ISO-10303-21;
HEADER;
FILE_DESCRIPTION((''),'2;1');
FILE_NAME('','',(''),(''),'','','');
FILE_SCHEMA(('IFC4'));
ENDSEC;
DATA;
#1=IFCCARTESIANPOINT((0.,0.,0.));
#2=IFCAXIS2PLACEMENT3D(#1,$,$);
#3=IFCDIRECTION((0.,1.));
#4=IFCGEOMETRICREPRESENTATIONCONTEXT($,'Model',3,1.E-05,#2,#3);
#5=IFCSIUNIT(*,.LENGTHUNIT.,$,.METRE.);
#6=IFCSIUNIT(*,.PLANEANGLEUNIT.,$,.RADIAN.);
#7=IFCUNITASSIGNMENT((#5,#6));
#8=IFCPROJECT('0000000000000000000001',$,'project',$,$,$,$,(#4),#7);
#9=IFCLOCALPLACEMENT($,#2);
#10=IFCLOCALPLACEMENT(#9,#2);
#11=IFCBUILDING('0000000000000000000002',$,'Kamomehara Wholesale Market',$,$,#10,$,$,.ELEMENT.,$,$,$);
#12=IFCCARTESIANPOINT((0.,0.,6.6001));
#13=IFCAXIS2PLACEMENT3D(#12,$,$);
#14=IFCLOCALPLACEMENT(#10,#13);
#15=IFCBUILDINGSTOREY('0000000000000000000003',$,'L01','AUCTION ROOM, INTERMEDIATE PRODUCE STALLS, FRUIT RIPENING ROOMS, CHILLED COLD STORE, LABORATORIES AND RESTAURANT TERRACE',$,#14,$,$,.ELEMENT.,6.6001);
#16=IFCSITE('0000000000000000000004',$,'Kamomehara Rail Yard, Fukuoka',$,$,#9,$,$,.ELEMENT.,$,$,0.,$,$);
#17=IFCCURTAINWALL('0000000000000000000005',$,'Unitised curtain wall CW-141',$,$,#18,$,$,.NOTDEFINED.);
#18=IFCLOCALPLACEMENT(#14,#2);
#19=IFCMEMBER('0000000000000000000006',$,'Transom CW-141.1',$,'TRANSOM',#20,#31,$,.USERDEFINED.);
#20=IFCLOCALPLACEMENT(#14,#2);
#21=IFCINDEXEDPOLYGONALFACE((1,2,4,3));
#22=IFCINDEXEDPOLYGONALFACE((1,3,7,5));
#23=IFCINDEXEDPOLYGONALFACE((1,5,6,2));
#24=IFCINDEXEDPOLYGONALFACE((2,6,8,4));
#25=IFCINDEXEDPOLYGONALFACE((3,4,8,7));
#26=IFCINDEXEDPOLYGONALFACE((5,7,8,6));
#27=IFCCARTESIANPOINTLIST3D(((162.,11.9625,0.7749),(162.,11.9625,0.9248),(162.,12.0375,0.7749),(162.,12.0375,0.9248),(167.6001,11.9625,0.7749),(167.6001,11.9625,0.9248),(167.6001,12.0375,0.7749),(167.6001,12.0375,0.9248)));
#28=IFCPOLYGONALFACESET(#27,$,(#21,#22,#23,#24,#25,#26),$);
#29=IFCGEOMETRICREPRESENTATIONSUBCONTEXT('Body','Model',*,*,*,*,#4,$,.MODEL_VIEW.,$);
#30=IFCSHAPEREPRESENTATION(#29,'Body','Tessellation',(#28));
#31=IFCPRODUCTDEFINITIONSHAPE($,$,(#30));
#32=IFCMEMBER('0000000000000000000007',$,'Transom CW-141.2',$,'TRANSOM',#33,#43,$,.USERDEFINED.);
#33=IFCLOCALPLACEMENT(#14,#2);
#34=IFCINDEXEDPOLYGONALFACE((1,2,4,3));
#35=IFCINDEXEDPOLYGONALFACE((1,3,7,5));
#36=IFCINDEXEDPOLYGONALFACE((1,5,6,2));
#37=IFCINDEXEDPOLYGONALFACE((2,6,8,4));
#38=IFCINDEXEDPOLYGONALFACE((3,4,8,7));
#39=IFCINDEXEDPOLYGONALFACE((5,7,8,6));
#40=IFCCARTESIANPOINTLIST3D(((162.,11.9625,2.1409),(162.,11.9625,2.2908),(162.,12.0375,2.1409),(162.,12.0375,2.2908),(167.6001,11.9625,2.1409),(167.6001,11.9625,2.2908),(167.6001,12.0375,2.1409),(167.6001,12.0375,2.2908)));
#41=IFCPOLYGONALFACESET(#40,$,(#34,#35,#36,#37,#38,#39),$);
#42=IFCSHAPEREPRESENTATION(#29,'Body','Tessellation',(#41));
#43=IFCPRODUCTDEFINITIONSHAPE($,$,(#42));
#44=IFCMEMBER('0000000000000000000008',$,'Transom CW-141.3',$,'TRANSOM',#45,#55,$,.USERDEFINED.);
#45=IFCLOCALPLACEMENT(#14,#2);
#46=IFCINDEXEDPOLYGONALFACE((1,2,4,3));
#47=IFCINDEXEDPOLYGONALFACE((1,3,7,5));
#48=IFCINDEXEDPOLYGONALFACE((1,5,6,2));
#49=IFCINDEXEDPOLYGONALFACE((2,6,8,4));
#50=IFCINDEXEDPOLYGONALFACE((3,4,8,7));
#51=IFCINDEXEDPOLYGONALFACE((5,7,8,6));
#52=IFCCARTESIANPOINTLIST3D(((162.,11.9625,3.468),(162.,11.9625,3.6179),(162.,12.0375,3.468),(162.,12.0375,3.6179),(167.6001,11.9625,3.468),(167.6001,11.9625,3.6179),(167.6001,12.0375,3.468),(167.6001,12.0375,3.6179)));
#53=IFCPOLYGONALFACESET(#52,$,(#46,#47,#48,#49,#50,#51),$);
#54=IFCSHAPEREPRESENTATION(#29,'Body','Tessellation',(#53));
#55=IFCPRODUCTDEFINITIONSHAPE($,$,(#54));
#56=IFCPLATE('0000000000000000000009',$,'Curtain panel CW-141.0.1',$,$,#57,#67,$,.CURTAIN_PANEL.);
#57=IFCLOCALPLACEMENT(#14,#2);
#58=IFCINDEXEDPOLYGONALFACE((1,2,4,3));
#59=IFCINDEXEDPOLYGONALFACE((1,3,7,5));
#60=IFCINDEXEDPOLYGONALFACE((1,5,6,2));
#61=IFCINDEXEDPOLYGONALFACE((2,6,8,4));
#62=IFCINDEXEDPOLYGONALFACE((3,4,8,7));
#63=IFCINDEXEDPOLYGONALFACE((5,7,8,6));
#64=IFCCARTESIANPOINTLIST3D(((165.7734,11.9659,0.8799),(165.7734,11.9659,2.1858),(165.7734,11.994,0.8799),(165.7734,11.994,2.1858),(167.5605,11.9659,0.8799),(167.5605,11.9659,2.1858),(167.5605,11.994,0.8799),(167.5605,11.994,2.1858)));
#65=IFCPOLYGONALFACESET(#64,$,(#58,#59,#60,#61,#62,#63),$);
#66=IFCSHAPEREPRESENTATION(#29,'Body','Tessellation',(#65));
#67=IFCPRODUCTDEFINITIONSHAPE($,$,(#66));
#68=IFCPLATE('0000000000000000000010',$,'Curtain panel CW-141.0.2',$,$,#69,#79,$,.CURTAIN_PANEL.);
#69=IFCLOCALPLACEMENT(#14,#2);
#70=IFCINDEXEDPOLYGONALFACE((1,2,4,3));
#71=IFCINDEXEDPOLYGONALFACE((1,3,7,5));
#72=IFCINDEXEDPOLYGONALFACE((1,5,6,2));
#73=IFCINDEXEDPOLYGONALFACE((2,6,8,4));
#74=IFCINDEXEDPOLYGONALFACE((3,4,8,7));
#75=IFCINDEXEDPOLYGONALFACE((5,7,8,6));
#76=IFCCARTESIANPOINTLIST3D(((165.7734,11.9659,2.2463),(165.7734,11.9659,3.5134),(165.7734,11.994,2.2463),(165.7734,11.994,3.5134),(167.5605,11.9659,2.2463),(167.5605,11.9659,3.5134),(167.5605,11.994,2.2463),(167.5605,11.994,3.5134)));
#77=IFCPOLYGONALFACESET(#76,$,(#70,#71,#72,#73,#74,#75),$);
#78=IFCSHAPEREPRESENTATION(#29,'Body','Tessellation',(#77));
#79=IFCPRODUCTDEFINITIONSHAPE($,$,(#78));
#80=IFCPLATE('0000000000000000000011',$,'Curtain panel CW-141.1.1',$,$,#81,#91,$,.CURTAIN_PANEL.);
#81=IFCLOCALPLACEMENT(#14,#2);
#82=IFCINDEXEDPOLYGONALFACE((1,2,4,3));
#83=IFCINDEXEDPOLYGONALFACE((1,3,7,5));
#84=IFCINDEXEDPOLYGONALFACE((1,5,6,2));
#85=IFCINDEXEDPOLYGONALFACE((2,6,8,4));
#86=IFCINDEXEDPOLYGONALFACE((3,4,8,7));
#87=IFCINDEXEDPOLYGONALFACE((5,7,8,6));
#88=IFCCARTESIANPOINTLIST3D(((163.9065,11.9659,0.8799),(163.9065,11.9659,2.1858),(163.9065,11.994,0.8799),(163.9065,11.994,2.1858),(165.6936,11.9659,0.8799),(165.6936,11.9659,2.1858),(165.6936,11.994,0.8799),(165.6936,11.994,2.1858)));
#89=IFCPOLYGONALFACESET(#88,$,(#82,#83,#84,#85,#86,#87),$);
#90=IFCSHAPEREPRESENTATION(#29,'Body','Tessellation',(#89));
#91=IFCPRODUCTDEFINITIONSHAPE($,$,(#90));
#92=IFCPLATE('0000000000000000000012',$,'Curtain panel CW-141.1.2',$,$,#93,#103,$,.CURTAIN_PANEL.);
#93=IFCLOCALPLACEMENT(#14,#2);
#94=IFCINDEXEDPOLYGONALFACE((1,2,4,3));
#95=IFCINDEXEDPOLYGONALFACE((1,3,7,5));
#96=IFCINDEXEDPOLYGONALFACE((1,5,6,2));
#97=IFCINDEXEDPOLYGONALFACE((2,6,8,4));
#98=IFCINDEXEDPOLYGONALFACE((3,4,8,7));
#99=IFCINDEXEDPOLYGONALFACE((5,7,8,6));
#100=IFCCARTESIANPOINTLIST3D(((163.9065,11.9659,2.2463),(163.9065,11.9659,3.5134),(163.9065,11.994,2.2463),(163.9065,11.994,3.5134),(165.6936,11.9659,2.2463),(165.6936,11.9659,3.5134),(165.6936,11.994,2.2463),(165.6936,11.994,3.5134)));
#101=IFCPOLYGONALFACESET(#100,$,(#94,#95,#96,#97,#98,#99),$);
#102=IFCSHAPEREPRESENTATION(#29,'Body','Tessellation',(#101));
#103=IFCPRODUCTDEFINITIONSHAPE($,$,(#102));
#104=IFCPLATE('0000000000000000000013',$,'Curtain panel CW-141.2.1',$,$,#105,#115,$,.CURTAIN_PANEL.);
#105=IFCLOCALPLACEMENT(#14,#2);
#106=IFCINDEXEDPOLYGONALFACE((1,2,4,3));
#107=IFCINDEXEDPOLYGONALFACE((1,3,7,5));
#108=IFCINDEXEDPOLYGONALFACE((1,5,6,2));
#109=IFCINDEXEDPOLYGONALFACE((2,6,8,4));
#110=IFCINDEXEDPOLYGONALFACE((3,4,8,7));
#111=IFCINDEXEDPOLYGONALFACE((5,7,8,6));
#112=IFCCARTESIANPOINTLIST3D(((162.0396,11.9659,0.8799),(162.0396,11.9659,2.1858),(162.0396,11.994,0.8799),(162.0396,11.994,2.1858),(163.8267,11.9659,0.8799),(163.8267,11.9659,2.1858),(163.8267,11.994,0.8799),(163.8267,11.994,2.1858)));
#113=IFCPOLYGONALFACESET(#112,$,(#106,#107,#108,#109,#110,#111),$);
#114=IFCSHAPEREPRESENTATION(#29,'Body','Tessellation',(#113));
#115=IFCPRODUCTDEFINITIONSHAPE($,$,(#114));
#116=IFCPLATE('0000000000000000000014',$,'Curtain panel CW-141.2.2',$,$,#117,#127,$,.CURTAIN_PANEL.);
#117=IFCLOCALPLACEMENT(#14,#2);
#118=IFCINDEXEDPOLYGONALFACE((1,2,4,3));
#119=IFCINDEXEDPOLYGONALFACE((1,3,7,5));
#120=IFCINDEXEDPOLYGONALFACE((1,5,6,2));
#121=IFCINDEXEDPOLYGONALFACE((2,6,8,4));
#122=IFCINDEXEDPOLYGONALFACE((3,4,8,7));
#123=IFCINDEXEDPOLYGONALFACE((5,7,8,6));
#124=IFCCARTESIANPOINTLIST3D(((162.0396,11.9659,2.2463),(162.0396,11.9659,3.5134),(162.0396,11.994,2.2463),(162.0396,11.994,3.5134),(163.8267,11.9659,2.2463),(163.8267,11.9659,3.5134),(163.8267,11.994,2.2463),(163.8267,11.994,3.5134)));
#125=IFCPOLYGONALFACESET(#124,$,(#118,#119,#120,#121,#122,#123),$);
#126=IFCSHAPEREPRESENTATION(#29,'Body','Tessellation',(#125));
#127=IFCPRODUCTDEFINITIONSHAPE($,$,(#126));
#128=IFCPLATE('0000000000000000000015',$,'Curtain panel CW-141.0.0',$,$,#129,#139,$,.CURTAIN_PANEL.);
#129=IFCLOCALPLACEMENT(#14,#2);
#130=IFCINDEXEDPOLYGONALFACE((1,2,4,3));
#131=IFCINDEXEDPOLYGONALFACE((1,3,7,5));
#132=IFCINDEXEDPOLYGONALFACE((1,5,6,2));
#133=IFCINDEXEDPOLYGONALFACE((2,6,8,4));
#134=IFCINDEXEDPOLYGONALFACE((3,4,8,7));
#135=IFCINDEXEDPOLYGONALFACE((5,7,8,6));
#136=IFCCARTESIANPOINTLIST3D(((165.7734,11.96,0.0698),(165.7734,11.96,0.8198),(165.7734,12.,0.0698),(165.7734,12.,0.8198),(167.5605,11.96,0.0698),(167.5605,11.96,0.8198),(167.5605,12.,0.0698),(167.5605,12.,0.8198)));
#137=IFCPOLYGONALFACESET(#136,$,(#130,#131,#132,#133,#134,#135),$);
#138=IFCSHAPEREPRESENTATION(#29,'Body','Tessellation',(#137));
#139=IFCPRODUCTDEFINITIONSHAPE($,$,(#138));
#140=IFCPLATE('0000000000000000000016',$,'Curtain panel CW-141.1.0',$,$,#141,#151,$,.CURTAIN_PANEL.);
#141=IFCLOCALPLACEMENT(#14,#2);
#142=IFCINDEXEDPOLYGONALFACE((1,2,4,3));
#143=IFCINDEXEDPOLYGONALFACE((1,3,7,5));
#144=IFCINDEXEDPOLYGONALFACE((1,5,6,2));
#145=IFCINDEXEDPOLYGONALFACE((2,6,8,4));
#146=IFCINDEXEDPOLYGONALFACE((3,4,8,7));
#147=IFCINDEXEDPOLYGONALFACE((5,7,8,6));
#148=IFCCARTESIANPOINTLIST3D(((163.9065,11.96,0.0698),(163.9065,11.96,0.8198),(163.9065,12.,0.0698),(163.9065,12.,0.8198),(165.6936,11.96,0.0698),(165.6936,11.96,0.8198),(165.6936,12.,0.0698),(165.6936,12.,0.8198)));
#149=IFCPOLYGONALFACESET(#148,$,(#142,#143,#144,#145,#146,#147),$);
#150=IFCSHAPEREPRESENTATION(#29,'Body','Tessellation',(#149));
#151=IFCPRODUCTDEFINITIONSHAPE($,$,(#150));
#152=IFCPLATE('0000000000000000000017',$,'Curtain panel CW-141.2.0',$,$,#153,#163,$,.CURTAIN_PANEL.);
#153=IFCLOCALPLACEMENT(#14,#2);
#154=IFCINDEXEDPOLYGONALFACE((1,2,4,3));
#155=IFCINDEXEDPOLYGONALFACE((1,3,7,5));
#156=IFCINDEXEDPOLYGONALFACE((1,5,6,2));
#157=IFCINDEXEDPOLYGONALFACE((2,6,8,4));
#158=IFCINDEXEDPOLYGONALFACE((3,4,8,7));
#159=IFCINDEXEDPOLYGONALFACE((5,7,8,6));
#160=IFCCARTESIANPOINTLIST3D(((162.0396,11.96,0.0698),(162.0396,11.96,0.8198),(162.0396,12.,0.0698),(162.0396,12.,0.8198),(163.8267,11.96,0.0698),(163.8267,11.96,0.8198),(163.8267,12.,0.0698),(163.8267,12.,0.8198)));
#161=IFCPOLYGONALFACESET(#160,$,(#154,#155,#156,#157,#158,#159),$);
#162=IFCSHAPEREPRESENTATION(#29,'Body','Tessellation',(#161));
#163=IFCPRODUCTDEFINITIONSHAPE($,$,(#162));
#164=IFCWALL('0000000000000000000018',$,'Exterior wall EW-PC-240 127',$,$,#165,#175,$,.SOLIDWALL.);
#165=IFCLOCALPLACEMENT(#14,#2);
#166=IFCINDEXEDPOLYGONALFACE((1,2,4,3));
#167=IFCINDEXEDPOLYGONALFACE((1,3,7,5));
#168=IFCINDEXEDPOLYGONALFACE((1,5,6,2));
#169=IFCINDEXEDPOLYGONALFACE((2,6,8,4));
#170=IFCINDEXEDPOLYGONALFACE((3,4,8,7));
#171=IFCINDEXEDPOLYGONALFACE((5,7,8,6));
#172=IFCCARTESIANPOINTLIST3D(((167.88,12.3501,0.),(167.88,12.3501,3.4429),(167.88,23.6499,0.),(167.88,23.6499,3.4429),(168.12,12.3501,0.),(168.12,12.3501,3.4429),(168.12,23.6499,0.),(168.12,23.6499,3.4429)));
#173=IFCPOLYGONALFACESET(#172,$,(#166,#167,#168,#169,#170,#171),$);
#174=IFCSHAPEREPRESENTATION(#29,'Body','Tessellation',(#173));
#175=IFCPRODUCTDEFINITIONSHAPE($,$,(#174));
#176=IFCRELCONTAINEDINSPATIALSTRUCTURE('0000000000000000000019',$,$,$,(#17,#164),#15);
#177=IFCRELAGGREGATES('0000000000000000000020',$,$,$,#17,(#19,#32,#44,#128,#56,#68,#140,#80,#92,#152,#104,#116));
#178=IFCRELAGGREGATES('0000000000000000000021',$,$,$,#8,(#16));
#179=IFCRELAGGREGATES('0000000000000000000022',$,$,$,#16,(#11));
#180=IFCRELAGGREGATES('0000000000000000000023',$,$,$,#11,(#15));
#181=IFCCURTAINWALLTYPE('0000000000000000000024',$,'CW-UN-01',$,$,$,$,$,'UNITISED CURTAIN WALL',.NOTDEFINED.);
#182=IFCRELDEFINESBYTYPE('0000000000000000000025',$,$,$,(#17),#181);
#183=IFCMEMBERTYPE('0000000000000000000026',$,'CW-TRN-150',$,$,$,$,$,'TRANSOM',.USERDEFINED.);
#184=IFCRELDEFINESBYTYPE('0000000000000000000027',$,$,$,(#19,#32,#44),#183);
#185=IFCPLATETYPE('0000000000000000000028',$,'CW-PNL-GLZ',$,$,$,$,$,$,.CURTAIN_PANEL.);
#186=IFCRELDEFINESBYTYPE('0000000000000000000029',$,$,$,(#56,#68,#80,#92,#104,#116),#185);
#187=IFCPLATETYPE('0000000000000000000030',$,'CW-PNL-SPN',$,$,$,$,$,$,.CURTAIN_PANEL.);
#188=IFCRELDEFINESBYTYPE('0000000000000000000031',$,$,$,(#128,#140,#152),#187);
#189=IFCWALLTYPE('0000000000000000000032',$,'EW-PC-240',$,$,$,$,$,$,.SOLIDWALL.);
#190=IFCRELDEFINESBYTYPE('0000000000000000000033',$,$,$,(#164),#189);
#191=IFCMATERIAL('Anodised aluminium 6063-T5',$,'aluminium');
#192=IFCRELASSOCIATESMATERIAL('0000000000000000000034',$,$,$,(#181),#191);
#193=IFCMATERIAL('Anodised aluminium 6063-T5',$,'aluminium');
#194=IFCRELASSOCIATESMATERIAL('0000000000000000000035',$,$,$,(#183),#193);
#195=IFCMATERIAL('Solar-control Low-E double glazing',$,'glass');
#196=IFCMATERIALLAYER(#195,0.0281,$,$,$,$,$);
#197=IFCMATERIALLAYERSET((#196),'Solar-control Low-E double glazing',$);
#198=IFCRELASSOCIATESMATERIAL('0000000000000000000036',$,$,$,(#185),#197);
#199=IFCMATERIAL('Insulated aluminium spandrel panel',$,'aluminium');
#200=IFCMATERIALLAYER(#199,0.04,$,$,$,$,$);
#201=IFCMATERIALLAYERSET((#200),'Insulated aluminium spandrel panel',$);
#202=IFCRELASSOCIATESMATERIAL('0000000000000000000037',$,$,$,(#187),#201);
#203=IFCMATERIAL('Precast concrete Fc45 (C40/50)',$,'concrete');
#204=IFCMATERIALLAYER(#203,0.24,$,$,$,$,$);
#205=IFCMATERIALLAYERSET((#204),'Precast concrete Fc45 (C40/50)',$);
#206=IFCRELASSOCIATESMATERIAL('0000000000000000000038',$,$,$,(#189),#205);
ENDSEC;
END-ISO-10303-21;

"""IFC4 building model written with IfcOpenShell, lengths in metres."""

from ifc_helpers import new_model, si_unit, direction, frame, frame_2d, origin, origin_2d, place, context, subcontext, project, spatial, rectangle, extrude, material, layer, layer_set, material_profile, profile_set, type_object, element, aggregate, save


model = new_model("IFC4")

# Units and contexts
model_context = context("Model", 3, precision=1e-05, world=origin(), true_north=direction((0.0, 1.0)))
body_context = subcontext(model_context, "Body", "Model", "MODEL_VIEW")
ifc_project = project(units=[si_unit("LENGTHUNIT", "METRE"), si_unit("PLANEANGLEUNIT", "RADIAN")], contexts=[model_context])

# Site, building, storey
site_placement = place(None, origin())
site = spatial("IfcSite", under=ifc_project, at=site_placement, Name="Kamomehara Rail Yard, Fukuoka", CompositionType="ELEMENT", RefElevation=0.0)
building_placement = place(site_placement, origin())
building = spatial("IfcBuilding", under=site, at=building_placement, Name="Kamomehara Wholesale Market", CompositionType="ELEMENT")
storey_placement = place(building_placement, frame((0.0, 0.0, 6.6001)))
storey = spatial("IfcBuildingStorey", under=building, at=storey_placement, Name="L01", Description="AUCTION ROOM, INTERMEDIATE PRODUCE STALLS, FRUIT RIPENING ROOMS, CHILLED COLD STORE, LABORATORIES AND RESTAURANT TERRACE", CompositionType="ELEMENT", Elevation=6.6001)

# Curtain wall, members, plates
ifc_material_1 = material(Name="Anodised aluminium 6063-T5", Category="aluminium")
curtain_wall_type = type_object("IfcCurtainWallType", Name="CW-UN-01", ElementType="UNITISED CURTAIN WALL", PredefinedType="NOTDEFINED", material=ifc_material_1)
curtain_wall_placement = place(storey_placement, origin())
curtain_wall = element("IfcCurtainWall", 1, at=curtain_wall_placement, inside=storey, type_object=curtain_wall_type, Name="Unitised curtain wall CW-141", PredefinedType="NOTDEFINED")
ifc_material_2 = material(Name="Anodised aluminium 6063-T5", Category="aluminium")
ifc_material_profile_1 = material_profile(ifc_material_2, rectangle(XDim=0.075, YDim=0.1499, at=origin_2d()), Name="ALU-TRN-75x150")
ifc_profile_set_1 = profile_set([ifc_material_profile_1], Name="Anodised aluminium 6063-T5")
member_type_1 = type_object("IfcMemberType", Name="CW-TRN-150", ElementType="TRANSOM", PredefinedType="USERDEFINED", material=ifc_profile_set_1)
member_1_placement = place(storey_placement, frame((167.6001, 12.0, 0.8499), z_axis=(-1.0, 0.0, 0.0), x_axis=(0.0, -1.0, 0.0)))
member_1 = element("IfcMember", 2, at=member_1_placement, type_object=member_type_1, Name="Transom CW-141.1", ObjectType="TRANSOM", PredefinedType="USERDEFINED", context=body_context, shape_type="SweptSolid", body=[
    extrude(rectangle(XDim=0.075, YDim=0.1499, at=origin_2d()), origin(), (0.0, 0.0, 1.0), 5.6001),
])
member_2_placement = place(storey_placement, frame((167.6001, 12.0, 2.2158), z_axis=(-1.0, 0.0, 0.0), x_axis=(0.0, -1.0, 0.0)))
member_2 = element("IfcMember", 3, at=member_2_placement, type_object=member_type_1, Name="Transom CW-141.2", ObjectType="TRANSOM", PredefinedType="USERDEFINED", context=body_context, shape_type="SweptSolid", body=[
    extrude(rectangle(XDim=0.075, YDim=0.1499, at=origin_2d()), origin(), (0.0, 0.0, 1.0), 5.6001),
])
member_3_placement = place(storey_placement, frame((167.6001, 12.0, 3.543), z_axis=(-1.0, 0.0, 0.0), x_axis=(0.0, -1.0, 0.0)))
member_3 = element("IfcMember", 4, at=member_3_placement, type_object=member_type_1, Name="Transom CW-141.3", ObjectType="TRANSOM", PredefinedType="USERDEFINED", context=body_context, shape_type="SweptSolid", body=[
    extrude(rectangle(XDim=0.075, YDim=0.1499, at=origin_2d()), origin(), (0.0, 0.0, 1.0), 5.6001),
])
ifc_material_3 = material(Name="Solar-control Low-E double glazing", Category="glass")
ifc_layer_1 = layer(ifc_material_3, 0.0281)
ifc_layer_set_1 = layer_set([ifc_layer_1], Name="Solar-control Low-E double glazing")
plate_type_1 = type_object("IfcPlateType", Name="CW-PNL-GLZ", PredefinedType="CURTAIN_PANEL", material=ifc_layer_set_1)
plate_1_placement = place(storey_placement, frame((166.667, 11.98, 0.8799), z_axis=(0.0, 0.0, 1.0), x_axis=(-1.0, 0.0, 0.0)))
plate_1 = element("IfcPlate", 5, at=plate_1_placement, type_object=plate_type_1, Name="Curtain panel CW-141.0.1", PredefinedType="CURTAIN_PANEL", context=body_context, shape_type="SweptSolid", body=[
    extrude(rectangle(XDim=1.7871, YDim=0.0281, at=origin_2d()), origin(), (0.0, 0.0, 1.0), 1.3059),
])
plate_2_placement = place(storey_placement, frame((166.667, 11.98, 2.2463), z_axis=(0.0, 0.0, 1.0), x_axis=(-1.0, 0.0, 0.0)))
plate_2 = element("IfcPlate", 6, at=plate_2_placement, type_object=plate_type_1, Name="Curtain panel CW-141.0.2", PredefinedType="CURTAIN_PANEL", context=body_context, shape_type="SweptSolid", body=[
    extrude(rectangle(XDim=1.7871, YDim=0.0281, at=origin_2d()), origin(), (0.0, 0.0, 1.0), 1.2671),
])
plate_3_placement = place(storey_placement, frame((164.8, 11.98, 0.8799), z_axis=(0.0, 0.0, 1.0), x_axis=(-1.0, 0.0, 0.0)))
plate_3 = element("IfcPlate", 7, at=plate_3_placement, type_object=plate_type_1, Name="Curtain panel CW-141.1.1", PredefinedType="CURTAIN_PANEL", context=body_context, shape_type="SweptSolid", body=[
    extrude(rectangle(XDim=1.7871, YDim=0.0281, at=origin_2d()), origin(), (0.0, 0.0, 1.0), 1.3059),
])
plate_4_placement = place(storey_placement, frame((164.8, 11.98, 2.2463), z_axis=(0.0, 0.0, 1.0), x_axis=(-1.0, 0.0, 0.0)))
plate_4 = element("IfcPlate", 8, at=plate_4_placement, type_object=plate_type_1, Name="Curtain panel CW-141.1.2", PredefinedType="CURTAIN_PANEL", context=body_context, shape_type="SweptSolid", body=[
    extrude(rectangle(XDim=1.7871, YDim=0.0281, at=origin_2d()), origin(), (0.0, 0.0, 1.0), 1.2671),
])
plate_5_placement = place(storey_placement, frame((162.9331, 11.98, 0.8799), z_axis=(0.0, 0.0, 1.0), x_axis=(-1.0, 0.0, 0.0)))
plate_5 = element("IfcPlate", 9, at=plate_5_placement, type_object=plate_type_1, Name="Curtain panel CW-141.2.1", PredefinedType="CURTAIN_PANEL", context=body_context, shape_type="SweptSolid", body=[
    extrude(rectangle(XDim=1.7871, YDim=0.0281, at=origin_2d()), origin(), (0.0, 0.0, 1.0), 1.3059),
])
plate_6_placement = place(storey_placement, frame((162.9331, 11.98, 2.2463), z_axis=(0.0, 0.0, 1.0), x_axis=(-1.0, 0.0, 0.0)))
plate_6 = element("IfcPlate", 10, at=plate_6_placement, type_object=plate_type_1, Name="Curtain panel CW-141.2.2", PredefinedType="CURTAIN_PANEL", context=body_context, shape_type="SweptSolid", body=[
    extrude(rectangle(XDim=1.7871, YDim=0.0281, at=origin_2d()), origin(), (0.0, 0.0, 1.0), 1.2671),
])
ifc_material_4 = material(Name="Insulated aluminium spandrel panel", Category="aluminium")
ifc_layer_2 = layer(ifc_material_4, 0.04)
ifc_layer_set_2 = layer_set([ifc_layer_2], Name="Insulated aluminium spandrel panel")
plate_type_2 = type_object("IfcPlateType", Name="CW-PNL-SPN", PredefinedType="CURTAIN_PANEL", material=ifc_layer_set_2)
plate_7_placement = place(storey_placement, frame((166.667, 11.98, 0.0698), z_axis=(0.0, 0.0, 1.0), x_axis=(-1.0, 0.0, 0.0)))
plate_7 = element("IfcPlate", 11, at=plate_7_placement, type_object=plate_type_2, Name="Curtain panel CW-141.0.0", PredefinedType="CURTAIN_PANEL", context=body_context, shape_type="SweptSolid", body=[
    extrude(rectangle(XDim=1.7871, YDim=0.04, at=origin_2d()), origin(), (0.0, 0.0, 1.0), 0.75),
])
plate_8_placement = place(storey_placement, frame((164.8, 11.98, 0.0698), z_axis=(0.0, 0.0, 1.0), x_axis=(-1.0, 0.0, 0.0)))
plate_8 = element("IfcPlate", 12, at=plate_8_placement, type_object=plate_type_2, Name="Curtain panel CW-141.1.0", PredefinedType="CURTAIN_PANEL", context=body_context, shape_type="SweptSolid", body=[
    extrude(rectangle(XDim=1.7871, YDim=0.04, at=origin_2d()), origin(), (0.0, 0.0, 1.0), 0.75),
])
plate_9_placement = place(storey_placement, frame((162.9331, 11.98, 0.0698), z_axis=(0.0, 0.0, 1.0), x_axis=(-1.0, 0.0, 0.0)))
plate_9 = element("IfcPlate", 13, at=plate_9_placement, type_object=plate_type_2, Name="Curtain panel CW-141.2.0", PredefinedType="CURTAIN_PANEL", context=body_context, shape_type="SweptSolid", body=[
    extrude(rectangle(XDim=1.7871, YDim=0.04, at=origin_2d()), origin(), (0.0, 0.0, 1.0), 0.75),
])
aggregate(curtain_wall, [member_1, member_2, member_3, plate_7, plate_1, plate_2, plate_8, plate_3, plate_4, plate_9, plate_5, plate_6])

# Wall
ifc_material_5 = material(Name="Precast concrete Fc45 (C40/50)", Category="concrete")
ifc_layer_3 = layer(ifc_material_5, 0.24)
ifc_layer_set_3 = layer_set([ifc_layer_3], Name="Precast concrete Fc45 (C40/50)")
wall_type_1 = type_object("IfcWallType", Name="EW-PC-240", PredefinedType="SOLIDWALL", material=ifc_layer_set_3)
wall_1_placement = place(storey_placement, frame((168.0, 23.6499, 0.0), z_axis=(0.0, 0.0, 1.0), x_axis=(0.0, -1.0, 0.0)))
element("IfcWall", 14, at=wall_1_placement, inside=storey, type_object=wall_type_1, Name="Exterior wall EW-PC-240 127", PredefinedType="SOLIDWALL", context=body_context, shape_type="SweptSolid", body=[
    extrude(rectangle(XDim=11.2998, YDim=0.24, at=frame_2d((5.6499, 0.0))), origin(), (0.0, 0.0, 1.0), 3.4429),
])

save(model, "model.ifc")
